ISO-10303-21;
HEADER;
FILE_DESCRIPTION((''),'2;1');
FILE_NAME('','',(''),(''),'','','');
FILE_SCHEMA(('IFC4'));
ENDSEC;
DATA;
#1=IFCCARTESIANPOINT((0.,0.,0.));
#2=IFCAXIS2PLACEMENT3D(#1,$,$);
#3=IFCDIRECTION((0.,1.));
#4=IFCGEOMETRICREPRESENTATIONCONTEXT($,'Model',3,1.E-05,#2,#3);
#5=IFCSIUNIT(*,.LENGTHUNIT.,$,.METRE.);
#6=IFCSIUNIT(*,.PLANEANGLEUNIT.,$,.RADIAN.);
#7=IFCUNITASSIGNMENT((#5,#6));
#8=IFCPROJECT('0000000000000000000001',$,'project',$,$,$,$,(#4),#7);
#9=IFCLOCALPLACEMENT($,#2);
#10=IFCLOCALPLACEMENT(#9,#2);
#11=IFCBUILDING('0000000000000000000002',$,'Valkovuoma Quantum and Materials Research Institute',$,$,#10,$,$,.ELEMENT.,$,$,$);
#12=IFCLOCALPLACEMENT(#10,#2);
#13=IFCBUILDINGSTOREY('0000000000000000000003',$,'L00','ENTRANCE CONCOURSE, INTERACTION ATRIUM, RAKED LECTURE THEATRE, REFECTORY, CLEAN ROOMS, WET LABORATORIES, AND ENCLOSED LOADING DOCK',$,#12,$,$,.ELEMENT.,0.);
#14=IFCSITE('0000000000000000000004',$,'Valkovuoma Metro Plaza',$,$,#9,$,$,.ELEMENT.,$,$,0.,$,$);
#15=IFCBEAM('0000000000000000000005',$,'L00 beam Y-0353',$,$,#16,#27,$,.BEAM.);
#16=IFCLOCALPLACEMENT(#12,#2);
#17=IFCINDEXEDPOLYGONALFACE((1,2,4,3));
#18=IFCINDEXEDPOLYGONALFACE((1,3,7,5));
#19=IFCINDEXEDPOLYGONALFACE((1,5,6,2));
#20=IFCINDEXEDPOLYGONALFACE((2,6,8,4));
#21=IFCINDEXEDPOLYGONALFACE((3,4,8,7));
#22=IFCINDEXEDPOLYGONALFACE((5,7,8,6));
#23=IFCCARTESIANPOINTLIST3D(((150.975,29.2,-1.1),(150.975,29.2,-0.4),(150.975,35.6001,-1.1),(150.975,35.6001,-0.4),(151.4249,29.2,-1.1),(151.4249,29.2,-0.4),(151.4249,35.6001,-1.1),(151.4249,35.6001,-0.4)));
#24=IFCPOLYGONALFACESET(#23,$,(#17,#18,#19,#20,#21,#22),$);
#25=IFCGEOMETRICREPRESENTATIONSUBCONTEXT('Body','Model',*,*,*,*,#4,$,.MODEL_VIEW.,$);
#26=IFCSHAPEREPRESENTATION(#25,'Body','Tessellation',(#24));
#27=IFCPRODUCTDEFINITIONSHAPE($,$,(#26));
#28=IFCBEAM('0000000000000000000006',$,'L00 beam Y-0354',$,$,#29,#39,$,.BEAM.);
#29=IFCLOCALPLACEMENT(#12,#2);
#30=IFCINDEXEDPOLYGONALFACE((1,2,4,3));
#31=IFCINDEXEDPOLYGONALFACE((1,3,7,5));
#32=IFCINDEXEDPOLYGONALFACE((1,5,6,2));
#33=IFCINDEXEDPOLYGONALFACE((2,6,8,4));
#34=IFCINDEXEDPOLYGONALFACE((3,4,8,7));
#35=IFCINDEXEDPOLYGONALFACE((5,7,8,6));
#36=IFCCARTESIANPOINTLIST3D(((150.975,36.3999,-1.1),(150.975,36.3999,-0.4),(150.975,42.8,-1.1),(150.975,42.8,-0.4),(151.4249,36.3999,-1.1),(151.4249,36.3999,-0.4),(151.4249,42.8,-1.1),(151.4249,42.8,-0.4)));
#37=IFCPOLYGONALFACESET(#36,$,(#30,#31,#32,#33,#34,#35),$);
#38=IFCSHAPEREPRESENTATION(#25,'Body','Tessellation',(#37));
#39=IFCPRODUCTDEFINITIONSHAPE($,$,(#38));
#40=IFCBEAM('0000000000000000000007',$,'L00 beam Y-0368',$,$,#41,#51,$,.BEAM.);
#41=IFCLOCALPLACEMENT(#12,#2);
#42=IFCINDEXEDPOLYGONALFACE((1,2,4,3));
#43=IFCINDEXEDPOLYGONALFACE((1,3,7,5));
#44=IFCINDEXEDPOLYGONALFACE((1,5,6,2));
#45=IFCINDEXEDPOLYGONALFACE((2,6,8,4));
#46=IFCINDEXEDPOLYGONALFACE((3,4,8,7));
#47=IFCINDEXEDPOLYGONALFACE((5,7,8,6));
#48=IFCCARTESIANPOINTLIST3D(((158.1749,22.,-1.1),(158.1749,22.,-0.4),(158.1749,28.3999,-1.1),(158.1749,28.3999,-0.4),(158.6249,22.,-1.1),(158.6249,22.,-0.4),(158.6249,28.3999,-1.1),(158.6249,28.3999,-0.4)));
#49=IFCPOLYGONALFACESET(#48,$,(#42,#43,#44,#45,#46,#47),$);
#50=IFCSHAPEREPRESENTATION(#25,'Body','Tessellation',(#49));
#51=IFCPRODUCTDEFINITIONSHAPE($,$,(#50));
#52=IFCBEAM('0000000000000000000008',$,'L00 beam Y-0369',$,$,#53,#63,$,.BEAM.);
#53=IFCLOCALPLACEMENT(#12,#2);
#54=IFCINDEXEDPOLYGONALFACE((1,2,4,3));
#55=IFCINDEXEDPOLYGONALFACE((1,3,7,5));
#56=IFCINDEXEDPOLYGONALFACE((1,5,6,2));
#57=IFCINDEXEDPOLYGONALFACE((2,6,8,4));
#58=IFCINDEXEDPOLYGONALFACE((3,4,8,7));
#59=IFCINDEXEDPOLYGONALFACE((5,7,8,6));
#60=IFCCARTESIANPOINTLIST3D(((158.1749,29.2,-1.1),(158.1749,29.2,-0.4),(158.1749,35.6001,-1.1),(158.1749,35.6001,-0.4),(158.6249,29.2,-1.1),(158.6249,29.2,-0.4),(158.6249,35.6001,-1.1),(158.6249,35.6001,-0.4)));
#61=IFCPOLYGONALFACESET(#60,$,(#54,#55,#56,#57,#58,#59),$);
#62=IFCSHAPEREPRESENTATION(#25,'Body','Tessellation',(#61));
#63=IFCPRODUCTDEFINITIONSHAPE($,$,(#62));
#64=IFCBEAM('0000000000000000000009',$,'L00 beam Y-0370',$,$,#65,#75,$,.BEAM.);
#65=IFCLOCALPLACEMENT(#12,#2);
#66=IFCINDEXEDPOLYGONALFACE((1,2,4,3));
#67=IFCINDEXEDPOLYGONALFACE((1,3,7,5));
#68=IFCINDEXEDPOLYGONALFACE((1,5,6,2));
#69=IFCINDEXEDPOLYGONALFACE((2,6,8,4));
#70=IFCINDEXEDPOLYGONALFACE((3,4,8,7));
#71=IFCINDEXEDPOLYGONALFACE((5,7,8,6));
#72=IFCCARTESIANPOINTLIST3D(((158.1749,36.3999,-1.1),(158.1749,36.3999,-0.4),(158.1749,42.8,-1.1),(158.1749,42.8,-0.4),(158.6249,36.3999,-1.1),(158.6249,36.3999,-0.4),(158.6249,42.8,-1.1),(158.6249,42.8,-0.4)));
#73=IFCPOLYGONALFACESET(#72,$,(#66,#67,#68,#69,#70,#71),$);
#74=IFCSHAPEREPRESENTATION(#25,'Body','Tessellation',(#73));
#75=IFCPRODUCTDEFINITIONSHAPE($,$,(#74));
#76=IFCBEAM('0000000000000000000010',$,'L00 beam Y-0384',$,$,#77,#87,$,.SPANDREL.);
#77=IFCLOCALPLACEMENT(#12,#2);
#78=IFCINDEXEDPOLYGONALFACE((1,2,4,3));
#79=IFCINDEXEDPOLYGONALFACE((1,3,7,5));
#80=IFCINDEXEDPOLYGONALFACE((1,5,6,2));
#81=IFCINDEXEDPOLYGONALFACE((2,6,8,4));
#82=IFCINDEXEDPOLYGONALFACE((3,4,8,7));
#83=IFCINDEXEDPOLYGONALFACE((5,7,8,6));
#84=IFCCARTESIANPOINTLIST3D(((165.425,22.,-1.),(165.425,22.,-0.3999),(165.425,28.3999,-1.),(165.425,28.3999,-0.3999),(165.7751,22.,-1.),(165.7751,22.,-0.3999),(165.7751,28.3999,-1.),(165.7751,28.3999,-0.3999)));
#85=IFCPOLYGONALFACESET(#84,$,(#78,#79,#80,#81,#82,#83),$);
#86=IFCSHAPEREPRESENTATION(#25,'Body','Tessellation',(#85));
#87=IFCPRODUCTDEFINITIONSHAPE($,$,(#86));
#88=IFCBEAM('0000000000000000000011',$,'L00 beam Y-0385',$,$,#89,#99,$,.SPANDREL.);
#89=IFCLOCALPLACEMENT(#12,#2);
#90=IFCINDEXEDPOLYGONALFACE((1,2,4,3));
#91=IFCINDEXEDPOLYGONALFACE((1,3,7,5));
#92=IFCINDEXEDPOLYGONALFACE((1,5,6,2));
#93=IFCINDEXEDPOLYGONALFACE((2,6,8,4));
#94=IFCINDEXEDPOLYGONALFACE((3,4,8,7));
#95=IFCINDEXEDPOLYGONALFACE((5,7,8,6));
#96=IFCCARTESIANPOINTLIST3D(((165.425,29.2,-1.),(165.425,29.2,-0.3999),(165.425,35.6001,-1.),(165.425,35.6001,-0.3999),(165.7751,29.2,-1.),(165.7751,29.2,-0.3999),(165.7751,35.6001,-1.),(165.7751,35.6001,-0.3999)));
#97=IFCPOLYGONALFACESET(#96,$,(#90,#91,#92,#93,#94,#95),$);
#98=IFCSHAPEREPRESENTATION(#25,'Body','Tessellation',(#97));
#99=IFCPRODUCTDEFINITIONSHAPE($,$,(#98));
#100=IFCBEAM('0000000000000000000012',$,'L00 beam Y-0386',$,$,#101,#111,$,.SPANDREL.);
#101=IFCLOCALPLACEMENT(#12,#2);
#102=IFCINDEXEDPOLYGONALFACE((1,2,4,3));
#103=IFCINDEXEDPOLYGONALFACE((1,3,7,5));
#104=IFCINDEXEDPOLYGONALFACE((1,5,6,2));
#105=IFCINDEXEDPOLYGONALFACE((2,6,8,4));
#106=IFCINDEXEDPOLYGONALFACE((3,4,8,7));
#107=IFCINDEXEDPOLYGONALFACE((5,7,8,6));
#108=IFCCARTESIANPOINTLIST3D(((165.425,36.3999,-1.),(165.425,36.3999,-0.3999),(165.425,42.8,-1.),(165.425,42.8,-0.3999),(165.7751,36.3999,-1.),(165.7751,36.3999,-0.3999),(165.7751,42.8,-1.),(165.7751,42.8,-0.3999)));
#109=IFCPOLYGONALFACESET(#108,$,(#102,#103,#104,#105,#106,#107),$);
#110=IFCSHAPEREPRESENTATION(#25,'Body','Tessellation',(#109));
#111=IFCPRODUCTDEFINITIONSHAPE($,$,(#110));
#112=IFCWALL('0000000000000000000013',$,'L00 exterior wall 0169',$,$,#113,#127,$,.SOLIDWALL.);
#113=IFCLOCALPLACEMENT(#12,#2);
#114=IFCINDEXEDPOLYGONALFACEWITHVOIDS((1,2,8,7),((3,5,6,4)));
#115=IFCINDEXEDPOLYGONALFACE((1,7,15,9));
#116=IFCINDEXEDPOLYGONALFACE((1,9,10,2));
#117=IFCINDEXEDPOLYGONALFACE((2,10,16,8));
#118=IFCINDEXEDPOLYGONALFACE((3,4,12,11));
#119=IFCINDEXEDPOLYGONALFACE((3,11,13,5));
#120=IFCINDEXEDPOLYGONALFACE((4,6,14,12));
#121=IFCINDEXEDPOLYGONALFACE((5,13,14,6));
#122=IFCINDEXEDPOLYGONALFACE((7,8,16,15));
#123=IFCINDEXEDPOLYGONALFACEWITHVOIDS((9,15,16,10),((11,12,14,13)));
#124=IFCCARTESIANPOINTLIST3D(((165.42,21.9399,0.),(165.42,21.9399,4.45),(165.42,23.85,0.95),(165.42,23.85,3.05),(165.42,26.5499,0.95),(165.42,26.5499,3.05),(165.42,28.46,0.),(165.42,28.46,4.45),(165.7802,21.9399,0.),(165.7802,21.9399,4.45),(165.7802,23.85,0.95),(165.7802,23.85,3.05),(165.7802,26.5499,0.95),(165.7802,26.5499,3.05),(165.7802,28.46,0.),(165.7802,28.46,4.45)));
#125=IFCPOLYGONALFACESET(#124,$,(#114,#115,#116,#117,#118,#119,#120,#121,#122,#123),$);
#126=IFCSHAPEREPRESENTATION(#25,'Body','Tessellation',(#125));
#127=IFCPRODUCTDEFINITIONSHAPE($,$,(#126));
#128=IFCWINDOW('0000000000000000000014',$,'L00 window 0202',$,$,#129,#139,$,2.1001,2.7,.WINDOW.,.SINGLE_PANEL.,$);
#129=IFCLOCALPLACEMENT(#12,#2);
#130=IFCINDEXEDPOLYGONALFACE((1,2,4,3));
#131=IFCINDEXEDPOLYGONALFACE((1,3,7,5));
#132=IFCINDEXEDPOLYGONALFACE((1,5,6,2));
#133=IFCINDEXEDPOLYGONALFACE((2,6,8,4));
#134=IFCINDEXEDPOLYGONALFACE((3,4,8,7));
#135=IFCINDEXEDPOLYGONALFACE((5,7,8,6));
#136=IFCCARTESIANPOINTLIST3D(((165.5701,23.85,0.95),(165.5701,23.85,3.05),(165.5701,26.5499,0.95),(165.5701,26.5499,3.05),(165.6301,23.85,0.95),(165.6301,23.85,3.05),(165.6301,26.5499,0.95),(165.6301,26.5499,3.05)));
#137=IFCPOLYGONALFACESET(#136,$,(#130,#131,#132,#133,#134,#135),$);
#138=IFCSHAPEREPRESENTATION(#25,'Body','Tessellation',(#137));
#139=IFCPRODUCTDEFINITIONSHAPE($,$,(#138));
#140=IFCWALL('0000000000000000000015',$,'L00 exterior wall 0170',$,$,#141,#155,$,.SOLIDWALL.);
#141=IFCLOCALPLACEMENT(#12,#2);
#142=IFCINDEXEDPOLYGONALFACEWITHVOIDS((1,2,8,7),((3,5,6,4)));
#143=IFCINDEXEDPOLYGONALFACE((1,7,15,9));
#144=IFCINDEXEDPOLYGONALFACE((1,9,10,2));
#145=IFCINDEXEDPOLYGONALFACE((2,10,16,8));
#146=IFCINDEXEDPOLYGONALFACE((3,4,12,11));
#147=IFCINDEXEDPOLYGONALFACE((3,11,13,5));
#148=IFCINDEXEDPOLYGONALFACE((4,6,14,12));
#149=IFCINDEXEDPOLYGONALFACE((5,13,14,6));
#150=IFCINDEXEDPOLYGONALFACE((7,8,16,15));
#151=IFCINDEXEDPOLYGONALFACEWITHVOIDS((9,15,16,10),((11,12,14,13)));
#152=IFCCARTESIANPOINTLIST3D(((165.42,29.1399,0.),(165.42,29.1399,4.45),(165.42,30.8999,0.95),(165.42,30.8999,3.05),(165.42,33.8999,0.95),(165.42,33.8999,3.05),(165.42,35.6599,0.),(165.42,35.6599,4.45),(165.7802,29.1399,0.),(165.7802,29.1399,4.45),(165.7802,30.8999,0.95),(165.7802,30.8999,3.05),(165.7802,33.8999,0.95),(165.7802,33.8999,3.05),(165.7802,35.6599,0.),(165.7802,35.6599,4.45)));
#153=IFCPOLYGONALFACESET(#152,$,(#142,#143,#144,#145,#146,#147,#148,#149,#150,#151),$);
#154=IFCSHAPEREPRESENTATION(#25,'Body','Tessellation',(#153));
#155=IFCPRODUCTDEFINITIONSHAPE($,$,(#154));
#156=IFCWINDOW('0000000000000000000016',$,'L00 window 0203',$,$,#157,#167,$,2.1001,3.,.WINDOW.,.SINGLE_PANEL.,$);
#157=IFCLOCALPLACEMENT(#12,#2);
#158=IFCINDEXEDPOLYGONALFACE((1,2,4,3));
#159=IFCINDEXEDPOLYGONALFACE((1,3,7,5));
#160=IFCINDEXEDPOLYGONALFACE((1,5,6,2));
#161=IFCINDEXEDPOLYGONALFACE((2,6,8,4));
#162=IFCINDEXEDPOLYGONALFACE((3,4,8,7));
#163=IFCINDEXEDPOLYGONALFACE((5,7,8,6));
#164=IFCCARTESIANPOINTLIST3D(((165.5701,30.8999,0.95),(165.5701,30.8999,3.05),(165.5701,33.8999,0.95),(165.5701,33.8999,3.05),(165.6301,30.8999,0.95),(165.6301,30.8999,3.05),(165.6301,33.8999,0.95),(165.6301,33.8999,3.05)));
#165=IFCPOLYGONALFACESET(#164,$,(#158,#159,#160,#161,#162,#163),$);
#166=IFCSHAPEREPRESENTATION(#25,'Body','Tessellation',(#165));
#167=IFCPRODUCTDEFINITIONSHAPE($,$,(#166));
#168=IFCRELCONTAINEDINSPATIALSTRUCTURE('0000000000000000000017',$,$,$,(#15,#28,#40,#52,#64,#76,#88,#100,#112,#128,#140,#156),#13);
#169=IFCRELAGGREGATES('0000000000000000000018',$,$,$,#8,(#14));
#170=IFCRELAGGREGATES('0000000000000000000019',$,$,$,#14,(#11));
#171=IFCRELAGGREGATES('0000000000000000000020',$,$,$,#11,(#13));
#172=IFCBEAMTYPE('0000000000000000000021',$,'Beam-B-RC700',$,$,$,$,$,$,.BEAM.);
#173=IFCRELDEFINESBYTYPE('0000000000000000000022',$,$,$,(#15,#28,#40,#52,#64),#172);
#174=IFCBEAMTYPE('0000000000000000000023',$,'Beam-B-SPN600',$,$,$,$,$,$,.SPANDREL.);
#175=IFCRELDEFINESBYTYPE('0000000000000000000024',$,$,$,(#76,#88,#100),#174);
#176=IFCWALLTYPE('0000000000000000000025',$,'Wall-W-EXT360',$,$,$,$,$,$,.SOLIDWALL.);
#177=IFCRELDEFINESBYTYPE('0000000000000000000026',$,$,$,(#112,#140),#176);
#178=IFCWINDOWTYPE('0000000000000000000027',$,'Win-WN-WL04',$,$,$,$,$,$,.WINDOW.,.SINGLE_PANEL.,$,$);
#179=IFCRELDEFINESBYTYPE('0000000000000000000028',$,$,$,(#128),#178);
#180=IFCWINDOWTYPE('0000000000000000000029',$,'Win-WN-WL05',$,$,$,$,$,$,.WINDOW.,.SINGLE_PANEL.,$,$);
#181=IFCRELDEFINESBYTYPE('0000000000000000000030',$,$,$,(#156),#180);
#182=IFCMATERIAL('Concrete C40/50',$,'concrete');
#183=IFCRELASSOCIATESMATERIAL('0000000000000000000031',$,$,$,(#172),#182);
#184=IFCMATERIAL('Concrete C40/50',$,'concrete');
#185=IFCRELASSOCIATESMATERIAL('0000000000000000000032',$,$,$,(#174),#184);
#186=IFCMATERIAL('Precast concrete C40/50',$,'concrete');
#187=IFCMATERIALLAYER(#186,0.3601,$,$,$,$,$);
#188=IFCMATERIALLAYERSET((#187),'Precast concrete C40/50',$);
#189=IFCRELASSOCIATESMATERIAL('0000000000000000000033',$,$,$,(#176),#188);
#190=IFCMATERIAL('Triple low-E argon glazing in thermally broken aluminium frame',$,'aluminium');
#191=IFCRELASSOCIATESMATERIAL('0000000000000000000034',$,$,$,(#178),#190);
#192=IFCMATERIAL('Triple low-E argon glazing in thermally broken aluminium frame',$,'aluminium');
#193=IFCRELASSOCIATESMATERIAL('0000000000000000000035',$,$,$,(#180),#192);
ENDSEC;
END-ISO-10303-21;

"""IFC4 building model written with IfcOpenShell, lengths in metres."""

from ifc_helpers import new_model, si_unit, direction, frame, frame_2d, origin, origin_2d, place, context, subcontext, project, spatial, rectangle, extrude, material, layer, layer_set, material_profile, profile_set, type_object, element, fill, save


model = new_model("IFC4")

# Units and contexts
model_context = context("Model", 3, precision=1e-05, world=origin(), true_north=direction((0.0, 1.0)))
body_context = subcontext(model_context, "Body", "Model", "MODEL_VIEW")
ifc_project = project(units=[si_unit("LENGTHUNIT", "METRE"), si_unit("PLANEANGLEUNIT", "RADIAN")], contexts=[model_context])

# Site, building, storey
site_placement = place(None, origin())
site = spatial("IfcSite", under=ifc_project, at=site_placement, Name="Valkovuoma Metro Plaza", CompositionType="ELEMENT", RefElevation=0.0)
building_placement = place(site_placement, origin())
building = spatial("IfcBuilding", under=site, at=building_placement, Name="Valkovuoma Quantum and Materials Research Institute", CompositionType="ELEMENT")
storey_placement = place(building_placement, origin())
storey = spatial("IfcBuildingStorey", under=building, at=storey_placement, Name="L00", Description="ENTRANCE CONCOURSE, INTERACTION ATRIUM, RAKED LECTURE THEATRE, REFECTORY, CLEAN ROOMS, WET LABORATORIES, AND ENCLOSED LOADING DOCK", CompositionType="ELEMENT", Elevation=0.0)

# Beams
ifc_material_1 = material(Name="Concrete C40/50", Category="concrete")
ifc_material_profile_1 = material_profile(ifc_material_1, rectangle(XDim=0.45, YDim=0.7, at=origin_2d()), Name="Concrete C40/50")
ifc_profile_set_1 = profile_set([ifc_material_profile_1], Name="Concrete C40/50")
beam_type_1 = type_object("IfcBeamType", Name="Beam-B-RC700", PredefinedType="BEAM", material=ifc_profile_set_1)
for number, where, z_axis, x_axis, name in (
    (1, (151.2, 29.2, -0.75), (0.0, 1.0, 0.0), (-1.0, 0.0, 0.0), "L00 beam Y-0353"),
    (2, (151.2, 36.3999, -0.75), (0.0, 1.0, 0.0), (-1.0, 0.0, 0.0), "L00 beam Y-0354"),
):
    element("IfcBeam", number, at=place(storey_placement, frame(where, z_axis=z_axis, x_axis=x_axis)), inside=storey, type_object=beam_type_1, Name=name, PredefinedType="BEAM", context=body_context, shape_type="SweptSolid", body=[
        extrude(rectangle(XDim=0.45, YDim=0.7, at=origin_2d()), origin(), (0.0, 0.0, 1.0), 6.4001),
    ])
beam_1_placement = place(storey_placement, frame((158.3999, 22.0, -0.75), z_axis=(0.0, 1.0, 0.0), x_axis=(-1.0, 0.0, 0.0)))
element("IfcBeam", 3, at=beam_1_placement, inside=storey, type_object=beam_type_1, Name="L00 beam Y-0368", PredefinedType="BEAM", context=body_context, shape_type="SweptSolid", body=[
    extrude(rectangle(XDim=0.45, YDim=0.7, at=origin_2d()), origin(), (0.0, 0.0, 1.0), 6.3999),
])
for number, where, z_axis, x_axis, name in (
    (4, (158.3999, 29.2, -0.75), (0.0, 1.0, 0.0), (-1.0, 0.0, 0.0), "L00 beam Y-0369"),
    (5, (158.3999, 36.3999, -0.75), (0.0, 1.0, 0.0), (-1.0, 0.0, 0.0), "L00 beam Y-0370"),
):
    element("IfcBeam", number, at=place(storey_placement, frame(where, z_axis=z_axis, x_axis=x_axis)), inside=storey, type_object=beam_type_1, Name=name, PredefinedType="BEAM", context=body_context, shape_type="SweptSolid", body=[
        extrude(rectangle(XDim=0.45, YDim=0.7, at=origin_2d()), origin(), (0.0, 0.0, 1.0), 6.4001),
    ])
ifc_material_2 = material(Name="Concrete C40/50", Category="concrete")
ifc_material_profile_2 = material_profile(ifc_material_2, rectangle(XDim=0.3501, YDim=0.6001, at=origin_2d()), Name="Concrete C40/50")
ifc_profile_set_2 = profile_set([ifc_material_profile_2], Name="Concrete C40/50")
beam_type_2 = type_object("IfcBeamType", Name="Beam-B-SPN600", PredefinedType="SPANDREL", material=ifc_profile_set_2)
beam_2_placement = place(storey_placement, frame((165.6001, 22.0, -0.7), z_axis=(0.0, 1.0, 0.0), x_axis=(-1.0, 0.0, 0.0)))
element("IfcBeam", 6, at=beam_2_placement, inside=storey, type_object=beam_type_2, Name="L00 beam Y-0384", PredefinedType="SPANDREL", context=body_context, shape_type="SweptSolid", body=[
    extrude(rectangle(XDim=0.3501, YDim=0.6001, at=origin_2d()), origin(), (0.0, 0.0, 1.0), 6.3999),
])
for number, where, z_axis, x_axis, name in (
    (7, (165.6001, 29.2, -0.7), (0.0, 1.0, 0.0), (-1.0, 0.0, 0.0), "L00 beam Y-0385"),
    (8, (165.6001, 36.3999, -0.7), (0.0, 1.0, 0.0), (-1.0, 0.0, 0.0), "L00 beam Y-0386"),
):
    element("IfcBeam", number, at=place(storey_placement, frame(where, z_axis=z_axis, x_axis=x_axis)), inside=storey, type_object=beam_type_2, Name=name, PredefinedType="SPANDREL", context=body_context, shape_type="SweptSolid", body=[
        extrude(rectangle(XDim=0.3501, YDim=0.6001, at=origin_2d()), origin(), (0.0, 0.0, 1.0), 6.4001),
    ])

# Walls, openings, windows
ifc_material_3 = material(Name="Precast concrete C40/50", Category="concrete")
ifc_layer_1 = layer(ifc_material_3, 0.3601)
ifc_layer_set_1 = layer_set([ifc_layer_1], Name="Precast concrete C40/50")
wall_type_1 = type_object("IfcWallType", Name="Wall-W-EXT360", PredefinedType="SOLIDWALL", material=ifc_layer_set_1)
wall_1_placement = place(storey_placement, frame((165.6001, 21.9399, 0.0), z_axis=(0.0, 0.0, 1.0), x_axis=(0.0, 1.0, 0.0)))
wall_1 = element("IfcWall", 9, at=wall_1_placement, inside=storey, type_object=wall_type_1, Name="L00 exterior wall 0169", PredefinedType="SOLIDWALL", context=body_context, shape_type="SweptSolid", body=[
    extrude(rectangle(XDim=6.52, YDim=0.3601, at=frame_2d((3.26, 0.0))), origin(), (0.0, 0.0, 1.0), 4.45),
])
opening_1_placement = place(wall_1_placement, frame((1.9099, 0.0, 0.95)))
opening_1 = element("IfcOpeningElement", 10, at=opening_1_placement, cuts=wall_1, PredefinedType="OPENING", context=body_context, shape_type="SweptSolid", body=[
    extrude(rectangle(XDim=2.7, YDim=2.1001, at=frame_2d((1.3501, 1.05))), frame((0.0, 0.1899, 0.0), z_axis=(0.0, -1.0, 0.0), x_axis=(1.0, 0.0, 0.0)), (0.0, 0.0, 1.0), 0.3801),
])
ifc_material_4 = material(Name="Triple low-E argon glazing in thermally broken aluminium frame", Category="aluminium")
window_type_1 = type_object("IfcWindowType", Name="Win-WN-WL04", PartitioningType="SINGLE_PANEL", PredefinedType="WINDOW", material=ifc_material_4)
window_1_placement = place(opening_1_placement, origin())
window_1 = element("IfcWindow", 11, at=window_1_placement, inside=storey, type_object=window_type_1, Name="L00 window 0202", OverallHeight=2.1001, OverallWidth=2.7, PartitioningType="SINGLE_PANEL", PredefinedType="WINDOW", context=body_context, shape_type="SweptSolid", body=[
    extrude(rectangle(XDim=2.7, YDim=2.1001, at=frame_2d((1.3501, 1.05))), frame((0.0, 0.03, 0.0), z_axis=(0.0, -1.0, 0.0), x_axis=(1.0, 0.0, 0.0)), (0.0, 0.0, 1.0), 0.0601),
])
fill(opening_1, window_1)
wall_2_placement = place(storey_placement, frame((165.6001, 29.1399, 0.0), z_axis=(0.0, 0.0, 1.0), x_axis=(0.0, 1.0, 0.0)))
wall_2 = element("IfcWall", 12, at=wall_2_placement, inside=storey, type_object=wall_type_1, Name="L00 exterior wall 0170", PredefinedType="SOLIDWALL", context=body_context, shape_type="SweptSolid", body=[
    extrude(rectangle(XDim=6.52, YDim=0.3601, at=frame_2d((3.26, 0.0))), origin(), (0.0, 0.0, 1.0), 4.45),
])
opening_2_placement = place(wall_2_placement, frame((1.76, 0.0, 0.95)))
opening_2 = element("IfcOpeningElement", 13, at=opening_2_placement, cuts=wall_2, PredefinedType="OPENING", context=body_context, shape_type="SweptSolid", body=[
    extrude(rectangle(XDim=3.0, YDim=2.1001, at=frame_2d((1.5, 1.05))), frame((0.0, 0.1899, 0.0), z_axis=(0.0, -1.0, 0.0), x_axis=(1.0, 0.0, 0.0)), (0.0, 0.0, 1.0), 0.3801),
])
ifc_material_5 = material(Name="Triple low-E argon glazing in thermally broken aluminium frame", Category="aluminium")
window_type_2 = type_object("IfcWindowType", Name="Win-WN-WL05", PartitioningType="SINGLE_PANEL", PredefinedType="WINDOW", material=ifc_material_5)
window_2_placement = place(opening_2_placement, origin())
window_2 = element("IfcWindow", 14, at=window_2_placement, inside=storey, type_object=window_type_2, Name="L00 window 0203", OverallHeight=2.1001, OverallWidth=3.0, PartitioningType="SINGLE_PANEL", PredefinedType="WINDOW", context=body_context, shape_type="SweptSolid", body=[
    extrude(rectangle(XDim=3.0, YDim=2.1001, at=frame_2d((1.5, 1.05))), frame((0.0, 0.03, 0.0), z_axis=(0.0, -1.0, 0.0), x_axis=(1.0, 0.0, 0.0)), (0.0, 0.0, 1.0), 0.0601),
])
fill(opening_2, window_2)

save(model, "model.ifc")
